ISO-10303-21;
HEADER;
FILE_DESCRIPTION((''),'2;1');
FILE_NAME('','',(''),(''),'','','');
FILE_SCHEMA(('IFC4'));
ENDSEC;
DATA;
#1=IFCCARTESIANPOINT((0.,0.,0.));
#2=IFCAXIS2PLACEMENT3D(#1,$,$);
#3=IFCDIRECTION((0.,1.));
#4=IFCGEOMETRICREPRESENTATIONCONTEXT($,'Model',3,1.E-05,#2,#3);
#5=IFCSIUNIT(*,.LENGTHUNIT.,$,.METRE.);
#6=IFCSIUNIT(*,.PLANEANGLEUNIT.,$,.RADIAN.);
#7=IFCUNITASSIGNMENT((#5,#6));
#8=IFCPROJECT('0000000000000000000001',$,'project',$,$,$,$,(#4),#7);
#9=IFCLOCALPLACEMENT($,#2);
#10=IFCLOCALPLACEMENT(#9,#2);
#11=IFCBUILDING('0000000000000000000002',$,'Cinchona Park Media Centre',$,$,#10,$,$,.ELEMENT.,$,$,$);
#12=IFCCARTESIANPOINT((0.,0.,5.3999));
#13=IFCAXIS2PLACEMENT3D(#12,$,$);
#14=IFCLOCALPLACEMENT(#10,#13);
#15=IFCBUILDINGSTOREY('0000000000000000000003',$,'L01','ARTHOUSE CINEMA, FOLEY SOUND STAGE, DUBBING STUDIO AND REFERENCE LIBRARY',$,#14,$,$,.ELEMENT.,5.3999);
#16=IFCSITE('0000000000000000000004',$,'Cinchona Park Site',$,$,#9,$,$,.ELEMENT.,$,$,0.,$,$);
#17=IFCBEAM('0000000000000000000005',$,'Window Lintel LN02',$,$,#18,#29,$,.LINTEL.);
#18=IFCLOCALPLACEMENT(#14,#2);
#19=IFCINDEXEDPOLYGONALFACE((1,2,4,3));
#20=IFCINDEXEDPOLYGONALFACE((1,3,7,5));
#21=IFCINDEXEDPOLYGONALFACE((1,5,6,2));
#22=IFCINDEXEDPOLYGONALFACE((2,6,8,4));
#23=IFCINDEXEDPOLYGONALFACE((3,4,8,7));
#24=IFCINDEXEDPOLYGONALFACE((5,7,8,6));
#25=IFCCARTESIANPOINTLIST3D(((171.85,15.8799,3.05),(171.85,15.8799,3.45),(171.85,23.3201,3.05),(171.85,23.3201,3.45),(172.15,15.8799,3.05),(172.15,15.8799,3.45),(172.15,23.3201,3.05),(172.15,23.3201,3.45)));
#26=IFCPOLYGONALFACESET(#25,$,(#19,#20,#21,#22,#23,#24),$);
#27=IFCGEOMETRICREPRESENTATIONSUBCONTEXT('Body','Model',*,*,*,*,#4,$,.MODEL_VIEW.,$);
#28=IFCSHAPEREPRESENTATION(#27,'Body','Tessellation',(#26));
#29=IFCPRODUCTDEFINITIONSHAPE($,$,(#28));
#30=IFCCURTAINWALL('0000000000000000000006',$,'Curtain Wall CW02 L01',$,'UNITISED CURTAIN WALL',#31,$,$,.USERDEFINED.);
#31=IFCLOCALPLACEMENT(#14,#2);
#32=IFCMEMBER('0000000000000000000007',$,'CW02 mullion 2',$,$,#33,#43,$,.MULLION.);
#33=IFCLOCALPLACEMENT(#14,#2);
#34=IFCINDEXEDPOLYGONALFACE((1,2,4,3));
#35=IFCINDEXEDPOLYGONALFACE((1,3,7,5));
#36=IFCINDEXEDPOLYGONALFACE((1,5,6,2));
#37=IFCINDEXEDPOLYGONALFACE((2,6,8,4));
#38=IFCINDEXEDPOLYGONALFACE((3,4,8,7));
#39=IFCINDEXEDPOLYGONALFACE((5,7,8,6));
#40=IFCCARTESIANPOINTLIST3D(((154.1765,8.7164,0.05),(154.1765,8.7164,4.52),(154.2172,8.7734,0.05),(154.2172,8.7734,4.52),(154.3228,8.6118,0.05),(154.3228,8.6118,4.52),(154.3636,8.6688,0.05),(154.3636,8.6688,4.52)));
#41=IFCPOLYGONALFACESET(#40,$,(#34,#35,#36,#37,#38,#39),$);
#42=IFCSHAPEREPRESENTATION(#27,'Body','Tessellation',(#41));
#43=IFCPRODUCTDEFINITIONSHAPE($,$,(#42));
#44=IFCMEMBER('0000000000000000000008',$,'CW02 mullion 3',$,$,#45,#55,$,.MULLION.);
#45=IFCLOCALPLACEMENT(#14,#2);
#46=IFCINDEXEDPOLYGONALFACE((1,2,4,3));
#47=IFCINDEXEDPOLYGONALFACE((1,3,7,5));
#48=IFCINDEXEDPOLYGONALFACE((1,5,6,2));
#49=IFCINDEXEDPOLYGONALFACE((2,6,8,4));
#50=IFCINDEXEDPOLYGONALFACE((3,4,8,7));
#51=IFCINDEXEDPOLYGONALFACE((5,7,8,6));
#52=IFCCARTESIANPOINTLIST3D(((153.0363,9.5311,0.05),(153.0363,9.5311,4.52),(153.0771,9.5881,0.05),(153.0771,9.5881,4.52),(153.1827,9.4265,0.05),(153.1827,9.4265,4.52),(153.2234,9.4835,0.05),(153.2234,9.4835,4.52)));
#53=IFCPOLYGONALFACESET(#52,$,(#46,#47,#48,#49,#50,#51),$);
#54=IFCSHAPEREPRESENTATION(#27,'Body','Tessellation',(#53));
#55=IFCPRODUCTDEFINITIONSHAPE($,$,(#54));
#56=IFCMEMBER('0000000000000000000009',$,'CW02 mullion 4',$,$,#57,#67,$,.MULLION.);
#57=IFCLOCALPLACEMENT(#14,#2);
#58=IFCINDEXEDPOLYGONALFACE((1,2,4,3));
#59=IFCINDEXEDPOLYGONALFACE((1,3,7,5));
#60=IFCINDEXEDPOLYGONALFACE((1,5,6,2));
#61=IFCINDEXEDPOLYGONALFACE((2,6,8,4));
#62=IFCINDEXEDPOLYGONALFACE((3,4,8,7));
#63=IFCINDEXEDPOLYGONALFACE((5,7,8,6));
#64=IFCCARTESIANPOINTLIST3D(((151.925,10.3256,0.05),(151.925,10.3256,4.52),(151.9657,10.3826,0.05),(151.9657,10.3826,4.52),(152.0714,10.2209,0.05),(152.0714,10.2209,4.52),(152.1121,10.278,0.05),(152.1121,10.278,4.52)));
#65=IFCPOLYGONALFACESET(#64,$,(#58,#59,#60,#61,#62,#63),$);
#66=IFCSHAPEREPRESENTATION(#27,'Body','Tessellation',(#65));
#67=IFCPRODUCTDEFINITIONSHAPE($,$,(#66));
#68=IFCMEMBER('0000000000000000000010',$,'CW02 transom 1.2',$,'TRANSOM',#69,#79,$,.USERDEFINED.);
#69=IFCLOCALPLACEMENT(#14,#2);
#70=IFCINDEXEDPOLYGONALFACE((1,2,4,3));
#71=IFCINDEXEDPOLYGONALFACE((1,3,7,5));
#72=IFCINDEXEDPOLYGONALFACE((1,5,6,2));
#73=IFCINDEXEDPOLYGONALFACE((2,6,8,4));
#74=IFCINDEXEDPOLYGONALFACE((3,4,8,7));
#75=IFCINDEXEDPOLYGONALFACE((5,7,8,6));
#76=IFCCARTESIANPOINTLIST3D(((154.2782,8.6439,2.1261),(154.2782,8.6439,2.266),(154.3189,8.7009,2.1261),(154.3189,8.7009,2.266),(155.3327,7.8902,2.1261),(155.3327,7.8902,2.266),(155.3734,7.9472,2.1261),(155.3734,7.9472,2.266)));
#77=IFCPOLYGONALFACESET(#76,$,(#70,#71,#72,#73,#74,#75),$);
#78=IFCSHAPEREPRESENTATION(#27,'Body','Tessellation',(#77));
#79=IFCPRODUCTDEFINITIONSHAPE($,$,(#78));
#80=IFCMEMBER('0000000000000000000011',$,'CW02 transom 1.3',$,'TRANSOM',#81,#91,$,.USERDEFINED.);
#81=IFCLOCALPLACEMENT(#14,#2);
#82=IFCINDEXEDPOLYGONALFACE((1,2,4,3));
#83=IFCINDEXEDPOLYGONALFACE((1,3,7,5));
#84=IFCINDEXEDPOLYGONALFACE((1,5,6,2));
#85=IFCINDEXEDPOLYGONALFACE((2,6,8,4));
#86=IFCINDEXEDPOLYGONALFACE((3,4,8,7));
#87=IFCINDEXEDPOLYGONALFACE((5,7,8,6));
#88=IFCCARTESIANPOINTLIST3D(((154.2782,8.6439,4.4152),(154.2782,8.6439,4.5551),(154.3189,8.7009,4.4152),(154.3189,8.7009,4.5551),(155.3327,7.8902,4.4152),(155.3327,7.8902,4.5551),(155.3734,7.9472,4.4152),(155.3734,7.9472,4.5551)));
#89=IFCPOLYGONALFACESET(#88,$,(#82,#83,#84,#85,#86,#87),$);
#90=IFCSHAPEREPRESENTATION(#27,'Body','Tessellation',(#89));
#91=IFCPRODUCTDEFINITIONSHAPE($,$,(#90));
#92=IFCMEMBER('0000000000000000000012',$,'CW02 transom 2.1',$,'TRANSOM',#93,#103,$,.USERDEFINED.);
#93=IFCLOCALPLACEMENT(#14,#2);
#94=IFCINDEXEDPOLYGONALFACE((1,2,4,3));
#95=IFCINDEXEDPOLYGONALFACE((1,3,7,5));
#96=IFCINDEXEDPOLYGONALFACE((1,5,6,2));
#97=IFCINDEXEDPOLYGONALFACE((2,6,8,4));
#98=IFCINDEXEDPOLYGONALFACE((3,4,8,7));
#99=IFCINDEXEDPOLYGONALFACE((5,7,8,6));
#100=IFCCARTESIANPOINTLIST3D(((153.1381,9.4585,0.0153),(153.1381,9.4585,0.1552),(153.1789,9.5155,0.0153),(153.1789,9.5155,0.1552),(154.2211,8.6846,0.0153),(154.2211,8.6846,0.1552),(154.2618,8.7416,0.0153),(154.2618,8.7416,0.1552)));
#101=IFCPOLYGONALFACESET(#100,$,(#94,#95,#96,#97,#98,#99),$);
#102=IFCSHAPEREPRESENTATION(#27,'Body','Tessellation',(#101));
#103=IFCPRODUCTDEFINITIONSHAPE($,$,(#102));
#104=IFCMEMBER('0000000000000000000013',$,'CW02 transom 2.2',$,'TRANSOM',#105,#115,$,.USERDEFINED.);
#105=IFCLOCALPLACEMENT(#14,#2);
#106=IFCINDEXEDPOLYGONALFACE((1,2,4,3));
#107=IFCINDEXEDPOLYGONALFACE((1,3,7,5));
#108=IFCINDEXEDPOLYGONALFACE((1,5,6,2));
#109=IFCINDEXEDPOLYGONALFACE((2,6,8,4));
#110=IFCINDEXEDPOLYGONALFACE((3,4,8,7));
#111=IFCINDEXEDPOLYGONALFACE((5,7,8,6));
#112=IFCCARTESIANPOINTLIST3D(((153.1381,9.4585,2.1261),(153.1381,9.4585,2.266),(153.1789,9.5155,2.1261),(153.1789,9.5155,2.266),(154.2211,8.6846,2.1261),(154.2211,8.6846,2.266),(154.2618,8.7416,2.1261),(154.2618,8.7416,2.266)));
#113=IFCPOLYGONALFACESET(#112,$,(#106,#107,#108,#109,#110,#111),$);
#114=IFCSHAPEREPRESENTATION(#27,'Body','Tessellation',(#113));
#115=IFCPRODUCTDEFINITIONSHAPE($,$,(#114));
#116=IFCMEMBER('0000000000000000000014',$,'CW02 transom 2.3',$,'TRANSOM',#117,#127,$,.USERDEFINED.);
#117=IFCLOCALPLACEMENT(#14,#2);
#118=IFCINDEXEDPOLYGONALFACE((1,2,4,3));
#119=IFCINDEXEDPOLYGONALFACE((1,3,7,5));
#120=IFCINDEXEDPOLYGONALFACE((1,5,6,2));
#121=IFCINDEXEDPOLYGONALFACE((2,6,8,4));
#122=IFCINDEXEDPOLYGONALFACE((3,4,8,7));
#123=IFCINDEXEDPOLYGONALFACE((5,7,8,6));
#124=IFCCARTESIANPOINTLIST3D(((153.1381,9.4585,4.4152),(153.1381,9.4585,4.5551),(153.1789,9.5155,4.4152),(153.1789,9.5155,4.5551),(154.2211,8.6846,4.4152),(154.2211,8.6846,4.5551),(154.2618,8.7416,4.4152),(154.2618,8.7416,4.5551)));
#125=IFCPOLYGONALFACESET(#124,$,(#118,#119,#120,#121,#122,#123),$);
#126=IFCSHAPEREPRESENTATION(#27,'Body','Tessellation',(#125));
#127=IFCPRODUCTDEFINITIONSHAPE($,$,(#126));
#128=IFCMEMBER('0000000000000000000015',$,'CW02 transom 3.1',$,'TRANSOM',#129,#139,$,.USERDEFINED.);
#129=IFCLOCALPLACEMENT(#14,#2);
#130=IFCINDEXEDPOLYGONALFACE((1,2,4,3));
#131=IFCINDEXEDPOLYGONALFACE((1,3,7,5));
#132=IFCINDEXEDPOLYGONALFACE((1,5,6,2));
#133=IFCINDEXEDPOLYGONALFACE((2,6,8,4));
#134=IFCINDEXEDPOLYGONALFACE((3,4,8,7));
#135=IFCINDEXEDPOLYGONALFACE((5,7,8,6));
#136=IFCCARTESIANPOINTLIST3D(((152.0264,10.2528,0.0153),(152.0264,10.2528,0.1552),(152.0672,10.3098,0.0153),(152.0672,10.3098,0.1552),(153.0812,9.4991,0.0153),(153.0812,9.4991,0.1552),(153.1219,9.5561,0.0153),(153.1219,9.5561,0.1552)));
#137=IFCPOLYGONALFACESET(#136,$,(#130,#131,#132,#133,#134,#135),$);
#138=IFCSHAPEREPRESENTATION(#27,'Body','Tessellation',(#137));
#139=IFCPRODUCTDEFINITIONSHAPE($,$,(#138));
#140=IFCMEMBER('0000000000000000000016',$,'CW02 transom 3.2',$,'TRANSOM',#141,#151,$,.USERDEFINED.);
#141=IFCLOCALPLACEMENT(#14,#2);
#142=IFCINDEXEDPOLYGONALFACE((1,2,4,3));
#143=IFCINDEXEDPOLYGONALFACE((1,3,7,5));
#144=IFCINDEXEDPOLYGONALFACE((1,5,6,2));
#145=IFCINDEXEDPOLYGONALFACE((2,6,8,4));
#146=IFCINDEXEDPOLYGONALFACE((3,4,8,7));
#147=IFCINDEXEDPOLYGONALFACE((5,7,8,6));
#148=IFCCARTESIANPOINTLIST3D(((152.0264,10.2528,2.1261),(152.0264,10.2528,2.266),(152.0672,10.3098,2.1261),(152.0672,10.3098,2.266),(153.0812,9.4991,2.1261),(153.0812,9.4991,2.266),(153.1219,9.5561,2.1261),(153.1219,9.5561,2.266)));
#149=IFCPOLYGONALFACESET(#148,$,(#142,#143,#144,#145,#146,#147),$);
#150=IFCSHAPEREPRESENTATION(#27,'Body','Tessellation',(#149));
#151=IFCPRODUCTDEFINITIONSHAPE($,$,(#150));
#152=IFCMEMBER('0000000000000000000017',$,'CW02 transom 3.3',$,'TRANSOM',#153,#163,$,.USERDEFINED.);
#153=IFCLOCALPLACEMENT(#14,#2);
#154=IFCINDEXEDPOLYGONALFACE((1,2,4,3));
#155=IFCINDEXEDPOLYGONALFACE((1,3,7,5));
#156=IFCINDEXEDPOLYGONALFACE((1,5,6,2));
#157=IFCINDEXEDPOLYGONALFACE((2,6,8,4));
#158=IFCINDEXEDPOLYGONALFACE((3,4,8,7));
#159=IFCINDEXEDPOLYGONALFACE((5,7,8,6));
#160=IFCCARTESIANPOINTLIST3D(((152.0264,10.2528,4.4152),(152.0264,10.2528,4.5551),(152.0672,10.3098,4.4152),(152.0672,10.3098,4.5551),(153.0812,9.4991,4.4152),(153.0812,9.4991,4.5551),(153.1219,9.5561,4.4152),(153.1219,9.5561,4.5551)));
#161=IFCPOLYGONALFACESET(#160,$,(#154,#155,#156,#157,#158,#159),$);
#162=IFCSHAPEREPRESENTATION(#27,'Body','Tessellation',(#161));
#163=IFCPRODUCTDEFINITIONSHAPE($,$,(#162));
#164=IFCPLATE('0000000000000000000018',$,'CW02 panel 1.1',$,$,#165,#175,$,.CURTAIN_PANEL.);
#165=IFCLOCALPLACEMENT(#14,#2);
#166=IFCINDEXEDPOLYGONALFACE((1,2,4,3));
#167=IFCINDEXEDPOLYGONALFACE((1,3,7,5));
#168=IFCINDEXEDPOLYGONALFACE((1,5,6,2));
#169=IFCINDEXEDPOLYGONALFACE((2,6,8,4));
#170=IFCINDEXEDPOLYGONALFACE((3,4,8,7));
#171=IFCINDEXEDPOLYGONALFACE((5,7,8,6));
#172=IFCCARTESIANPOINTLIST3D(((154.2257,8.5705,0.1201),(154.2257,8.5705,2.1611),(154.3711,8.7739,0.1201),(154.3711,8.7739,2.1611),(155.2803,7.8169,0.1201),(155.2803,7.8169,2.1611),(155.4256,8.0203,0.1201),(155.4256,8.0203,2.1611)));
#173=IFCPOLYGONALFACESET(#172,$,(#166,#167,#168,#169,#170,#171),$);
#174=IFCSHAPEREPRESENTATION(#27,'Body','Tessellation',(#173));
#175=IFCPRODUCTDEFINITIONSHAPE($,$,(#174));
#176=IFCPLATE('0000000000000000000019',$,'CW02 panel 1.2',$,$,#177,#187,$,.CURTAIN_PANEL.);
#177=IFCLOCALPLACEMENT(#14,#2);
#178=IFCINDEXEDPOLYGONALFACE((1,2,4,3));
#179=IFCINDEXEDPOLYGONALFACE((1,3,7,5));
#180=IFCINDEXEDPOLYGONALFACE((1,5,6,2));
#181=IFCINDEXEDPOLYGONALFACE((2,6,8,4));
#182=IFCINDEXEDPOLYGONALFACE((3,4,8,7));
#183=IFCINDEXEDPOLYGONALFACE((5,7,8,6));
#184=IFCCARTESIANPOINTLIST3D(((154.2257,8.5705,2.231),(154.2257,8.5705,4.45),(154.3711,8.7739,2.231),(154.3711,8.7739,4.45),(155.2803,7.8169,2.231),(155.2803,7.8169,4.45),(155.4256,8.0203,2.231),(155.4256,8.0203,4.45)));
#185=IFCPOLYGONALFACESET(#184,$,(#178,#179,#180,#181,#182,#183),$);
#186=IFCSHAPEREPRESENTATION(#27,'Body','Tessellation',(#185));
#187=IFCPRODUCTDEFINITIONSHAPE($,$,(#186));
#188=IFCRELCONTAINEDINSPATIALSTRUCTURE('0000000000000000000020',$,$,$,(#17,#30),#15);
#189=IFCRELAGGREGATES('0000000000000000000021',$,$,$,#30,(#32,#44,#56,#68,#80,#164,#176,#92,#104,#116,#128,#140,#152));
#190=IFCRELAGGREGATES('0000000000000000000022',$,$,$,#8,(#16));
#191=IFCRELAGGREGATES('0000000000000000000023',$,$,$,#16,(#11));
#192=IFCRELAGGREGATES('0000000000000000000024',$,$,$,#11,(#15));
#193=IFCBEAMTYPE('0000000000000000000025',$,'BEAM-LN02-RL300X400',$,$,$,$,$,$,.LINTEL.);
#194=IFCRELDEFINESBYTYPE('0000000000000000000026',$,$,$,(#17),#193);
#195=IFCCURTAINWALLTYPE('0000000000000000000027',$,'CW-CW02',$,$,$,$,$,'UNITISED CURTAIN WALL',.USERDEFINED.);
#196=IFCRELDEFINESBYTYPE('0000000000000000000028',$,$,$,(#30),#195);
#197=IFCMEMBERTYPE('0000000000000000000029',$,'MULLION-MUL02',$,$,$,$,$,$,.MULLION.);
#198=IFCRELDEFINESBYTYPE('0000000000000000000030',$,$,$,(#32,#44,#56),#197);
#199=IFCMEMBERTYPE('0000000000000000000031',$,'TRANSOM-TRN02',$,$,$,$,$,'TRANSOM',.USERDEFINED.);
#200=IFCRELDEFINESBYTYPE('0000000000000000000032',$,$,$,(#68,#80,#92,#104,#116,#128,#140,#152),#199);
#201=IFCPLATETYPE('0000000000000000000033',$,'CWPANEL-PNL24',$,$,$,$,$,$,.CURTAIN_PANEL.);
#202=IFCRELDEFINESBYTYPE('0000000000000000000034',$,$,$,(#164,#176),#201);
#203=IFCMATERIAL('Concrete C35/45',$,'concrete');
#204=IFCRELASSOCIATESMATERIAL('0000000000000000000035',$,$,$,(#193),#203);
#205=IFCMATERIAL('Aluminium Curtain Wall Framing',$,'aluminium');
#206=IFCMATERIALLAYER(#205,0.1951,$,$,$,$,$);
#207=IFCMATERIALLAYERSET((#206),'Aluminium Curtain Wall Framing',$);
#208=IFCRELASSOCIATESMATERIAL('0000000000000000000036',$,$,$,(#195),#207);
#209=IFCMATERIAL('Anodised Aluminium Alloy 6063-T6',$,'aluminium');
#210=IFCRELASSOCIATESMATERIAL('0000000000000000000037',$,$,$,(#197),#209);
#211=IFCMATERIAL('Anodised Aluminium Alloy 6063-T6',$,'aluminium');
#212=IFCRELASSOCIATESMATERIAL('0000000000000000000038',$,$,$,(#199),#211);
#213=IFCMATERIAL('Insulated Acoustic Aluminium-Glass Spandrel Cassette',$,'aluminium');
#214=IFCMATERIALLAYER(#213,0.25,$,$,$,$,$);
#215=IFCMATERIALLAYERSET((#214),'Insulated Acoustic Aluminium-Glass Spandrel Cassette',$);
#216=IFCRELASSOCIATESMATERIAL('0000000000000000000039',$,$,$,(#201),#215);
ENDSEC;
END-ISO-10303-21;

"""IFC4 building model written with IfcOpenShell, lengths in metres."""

from ifc_helpers import new_model, si_unit, direction, frame, origin, origin_2d, place, context, subcontext, project, spatial, rectangle, extrude, material, layer, layer_set, material_profile, profile_set, type_object, element, aggregate, save


model = new_model("IFC4")

# Units and contexts
model_context = context("Model", 3, precision=1e-05, world=origin(), true_north=direction((0.0, 1.0)))
body_context = subcontext(model_context, "Body", "Model", "MODEL_VIEW")
ifc_project = project(units=[si_unit("LENGTHUNIT", "METRE"), si_unit("PLANEANGLEUNIT", "RADIAN")], contexts=[model_context])

# Site, building, storey
site_placement = place(None, origin())
site = spatial("IfcSite", under=ifc_project, at=site_placement, Name="Cinchona Park Site", CompositionType="ELEMENT", RefElevation=0.0)
building_placement = place(site_placement, origin())
building = spatial("IfcBuilding", under=site, at=building_placement, Name="Cinchona Park Media Centre", CompositionType="ELEMENT")
storey_placement = place(building_placement, frame((0.0, 0.0, 5.3999)))
storey = spatial("IfcBuildingStorey", under=building, at=storey_placement, Name="L01", Description="ARTHOUSE CINEMA, FOLEY SOUND STAGE, DUBBING STUDIO AND REFERENCE LIBRARY", CompositionType="ELEMENT", Elevation=5.3999)

# Beam
ifc_material_1 = material(Name="Concrete C35/45", Category="concrete")
ifc_material_profile_1 = material_profile(ifc_material_1, rectangle(XDim=0.3, YDim=0.3999, at=origin_2d()), Name="RL 300X400")
ifc_profile_set_1 = profile_set([ifc_material_profile_1], Name="Concrete C35/45")
beam_type_1 = type_object("IfcBeamType", Name="BEAM-LN02-RL300X400", PredefinedType="LINTEL", material=ifc_profile_set_1)
beam_1_placement = place(storey_placement, frame((172.0, 23.3201, 3.25), z_axis=(0.0, -1.0, 0.0), x_axis=(1.0, 0.0, 0.0)))
element("IfcBeam", 1, at=beam_1_placement, inside=storey, type_object=beam_type_1, Name="Window Lintel LN02", PredefinedType="LINTEL", context=body_context, shape_type="SweptSolid", body=[
    extrude(rectangle(XDim=0.3, YDim=0.3999, at=origin_2d()), origin(), (0.0, 0.0, 1.0), 7.4402),
])

# Curtain wall, members, plates
ifc_material_2 = material(Name="Aluminium Curtain Wall Framing", Category="aluminium")
ifc_layer_1 = layer(ifc_material_2, 0.1951)
ifc_layer_set_1 = layer_set([ifc_layer_1], Name="Aluminium Curtain Wall Framing")
curtain_wall_type = type_object("IfcCurtainWallType", Name="CW-CW02", ElementType="UNITISED CURTAIN WALL", PredefinedType="USERDEFINED", material=ifc_layer_set_1)
curtain_wall_placement = place(storey_placement, origin())
curtain_wall = element("IfcCurtainWall", 2, at=curtain_wall_placement, inside=storey, type_object=curtain_wall_type, Name="Curtain Wall CW02 L01", ObjectType="UNITISED CURTAIN WALL", PredefinedType="USERDEFINED")
ifc_material_3 = material(Name="Anodised Aluminium Alloy 6063-T6", Category="aluminium")
ifc_material_profile_2 = material_profile(ifc_material_3, rectangle(XDim=0.0701, YDim=0.1799, at=origin_2d()), Name="MUL-70X180")
ifc_profile_set_2 = profile_set([ifc_material_profile_2], Name="Anodised Aluminium Alloy 6063-T6")
member_type_1 = type_object("IfcMemberType", Name="MULLION-MUL02", PredefinedType="MULLION", material=ifc_profile_set_2)
member_1_placement = place(storey_placement, frame((154.27, 8.6926, 0.05), z_axis=(0.0, 0.0, 1.0), x_axis=(-0.581418, -0.813605, 0.0)))
member_1 = element("IfcMember", 3, at=member_1_placement, type_object=member_type_1, Name="CW02 mullion 2", PredefinedType="MULLION", context=body_context, shape_type="SweptSolid", body=[
    extrude(rectangle(XDim=0.0701, YDim=0.1799, at=origin_2d()), origin(), (0.0, 0.0, 1.0), 4.47),
])
member_2_placement = place(storey_placement, frame((153.1299, 9.5073, 0.05), z_axis=(0.0, 0.0, 1.0), x_axis=(-0.581418, -0.813605, 0.0)))
member_2 = element("IfcMember", 4, at=member_2_placement, type_object=member_type_1, Name="CW02 mullion 3", PredefinedType="MULLION", context=body_context, shape_type="SweptSolid", body=[
    extrude(rectangle(XDim=0.0701, YDim=0.1799, at=origin_2d()), origin(), (0.0, 0.0, 1.0), 4.47),
])
member_3_placement = place(storey_placement, frame((152.0186, 10.3018, 0.05), z_axis=(0.0, 0.0, 1.0), x_axis=(-0.581418, -0.813605, 0.0)))
member_3 = element("IfcMember", 5, at=member_3_placement, type_object=member_type_1, Name="CW02 mullion 4", PredefinedType="MULLION", context=body_context, shape_type="SweptSolid", body=[
    extrude(rectangle(XDim=0.0701, YDim=0.1799, at=origin_2d()), origin(), (0.0, 0.0, 1.0), 4.47),
])
ifc_material_4 = material(Name="Anodised Aluminium Alloy 6063-T6", Category="aluminium")
ifc_material_profile_3 = material_profile(ifc_material_4, rectangle(XDim=0.0701, YDim=0.1399, at=origin_2d()), Name="TRN-70X140")
ifc_profile_set_3 = profile_set([ifc_material_profile_3], Name="Anodised Aluminium Alloy 6063-T6")
member_type_2 = type_object("IfcMemberType", Name="TRANSOM-TRN02", ElementType="TRANSOM", PredefinedType="USERDEFINED", material=ifc_profile_set_3)
member_4_placement = place(storey_placement, frame((155.353, 7.9187, 2.196), z_axis=(-0.813555, 0.581488, 0.0), x_axis=(-0.581488, -0.813555, 0.0)))
member_4 = element("IfcMember", 6, at=member_4_placement, type_object=member_type_2, Name="CW02 transom 1.2", ObjectType="TRANSOM", PredefinedType="USERDEFINED", context=body_context, shape_type="SweptSolid", body=[
    extrude(rectangle(XDim=0.0701, YDim=0.1399, at=origin_2d()), origin(), (0.0, 0.0, 1.0), 1.2961),
])
member_5_placement = place(storey_placement, frame((155.353, 7.9187, 4.4851), z_axis=(-0.813555, 0.581488, 0.0), x_axis=(-0.581488, -0.813555, 0.0)))
member_5 = element("IfcMember", 7, at=member_5_placement, type_object=member_type_2, Name="CW02 transom 1.3", ObjectType="TRANSOM", PredefinedType="USERDEFINED", context=body_context, shape_type="SweptSolid", body=[
    extrude(rectangle(XDim=0.0701, YDim=0.1399, at=origin_2d()), origin(), (0.0, 0.0, 1.0), 1.2961),
])
member_6_placement = place(storey_placement, frame((154.2415, 8.7131, 0.0852), z_axis=(-0.81361, 0.581412, 0.0), x_axis=(-0.581412, -0.81361, 0.0)))
member_6 = element("IfcMember", 8, at=member_6_placement, type_object=member_type_2, Name="CW02 transom 2.1", ObjectType="TRANSOM", PredefinedType="USERDEFINED", context=body_context, shape_type="SweptSolid", body=[
    extrude(rectangle(XDim=0.0701, YDim=0.1399, at=origin_2d()), origin(), (0.0, 0.0, 1.0), 1.3311),
])
member_7_placement = place(storey_placement, frame((154.2415, 8.7131, 2.196), z_axis=(-0.81361, 0.581412, 0.0), x_axis=(-0.581412, -0.81361, 0.0)))
member_7 = element("IfcMember", 9, at=member_7_placement, type_object=member_type_2, Name="CW02 transom 2.2", ObjectType="TRANSOM", PredefinedType="USERDEFINED", context=body_context, shape_type="SweptSolid", body=[
    extrude(rectangle(XDim=0.0701, YDim=0.1399, at=origin_2d()), origin(), (0.0, 0.0, 1.0), 1.3311),
])
member_8_placement = place(storey_placement, frame((154.2415, 8.7131, 4.4851), z_axis=(-0.81361, 0.581412, 0.0), x_axis=(-0.581412, -0.81361, 0.0)))
member_8 = element("IfcMember", 10, at=member_8_placement, type_object=member_type_2, Name="CW02 transom 2.3", ObjectType="TRANSOM", PredefinedType="USERDEFINED", context=body_context, shape_type="SweptSolid", body=[
    extrude(rectangle(XDim=0.0701, YDim=0.1399, at=origin_2d()), origin(), (0.0, 0.0, 1.0), 1.3311),
])
member_9_placement = place(storey_placement, frame((153.1016, 9.5276, 0.0852), z_axis=(-0.813619, 0.581399, 0.0), x_axis=(-0.581399, -0.813619, 0.0)))
member_9 = element("IfcMember", 11, at=member_9_placement, type_object=member_type_2, Name="CW02 transom 3.1", ObjectType="TRANSOM", PredefinedType="USERDEFINED", context=body_context, shape_type="SweptSolid", body=[
    extrude(rectangle(XDim=0.0701, YDim=0.1399, at=origin_2d()), origin(), (0.0, 0.0, 1.0), 1.2964),
])
member_10_placement = place(storey_placement, frame((153.1016, 9.5276, 2.196), z_axis=(-0.813619, 0.581399, 0.0), x_axis=(-0.581399, -0.813619, 0.0)))
member_10 = element("IfcMember", 12, at=member_10_placement, type_object=member_type_2, Name="CW02 transom 3.2", ObjectType="TRANSOM", PredefinedType="USERDEFINED", context=body_context, shape_type="SweptSolid", body=[
    extrude(rectangle(XDim=0.0701, YDim=0.1399, at=origin_2d()), origin(), (0.0, 0.0, 1.0), 1.2964),
])
member_11_placement = place(storey_placement, frame((153.1016, 9.5276, 4.4851), z_axis=(-0.813619, 0.581399, 0.0), x_axis=(-0.581399, -0.813619, 0.0)))
member_11 = element("IfcMember", 13, at=member_11_placement, type_object=member_type_2, Name="CW02 transom 3.3", ObjectType="TRANSOM", PredefinedType="USERDEFINED", context=body_context, shape_type="SweptSolid", body=[
    extrude(rectangle(XDim=0.0701, YDim=0.1399, at=origin_2d()), origin(), (0.0, 0.0, 1.0), 1.2964),
])
ifc_material_5 = material(Name="Insulated Acoustic Aluminium-Glass Spandrel Cassette", Category="aluminium")
ifc_layer_2 = layer(ifc_material_5, 0.25)
ifc_layer_set_2 = layer_set([ifc_layer_2], Name="Insulated Acoustic Aluminium-Glass Spandrel Cassette")
plate_type = type_object("IfcPlateType", Name="CWPANEL-PNL24", PredefinedType="CURTAIN_PANEL", material=ifc_layer_set_2)
plate_1_placement = place(storey_placement, frame((154.8257, 8.2954, 0.1201), z_axis=(0.0, 0.0, 1.0), x_axis=(-0.813605, 0.581418, 0.0)))
plate_1 = element("IfcPlate", 14, at=plate_1_placement, type_object=plate_type, Name="CW02 panel 1.1", PredefinedType="CURTAIN_PANEL", context=body_context, shape_type="SweptSolid", body=[
    extrude(rectangle(XDim=1.2961, YDim=0.25, at=origin_2d()), origin(), (0.0, 0.0, 1.0), 2.041),
])
plate_2_placement = place(storey_placement, frame((154.8257, 8.2954, 2.231), z_axis=(0.0, 0.0, 1.0), x_axis=(-0.813605, 0.581418, 0.0)))
plate_2 = element("IfcPlate", 15, at=plate_2_placement, type_object=plate_type, Name="CW02 panel 1.2", PredefinedType="CURTAIN_PANEL", context=body_context, shape_type="SweptSolid", body=[
    extrude(rectangle(XDim=1.2961, YDim=0.25, at=origin_2d()), origin(), (0.0, 0.0, 1.0), 2.219),
])
aggregate(curtain_wall, [member_1, member_2, member_3, member_4, member_5, plate_1, plate_2, member_6, member_7, member_8, member_9, member_10, member_11])

save(model, "model.ifc")
